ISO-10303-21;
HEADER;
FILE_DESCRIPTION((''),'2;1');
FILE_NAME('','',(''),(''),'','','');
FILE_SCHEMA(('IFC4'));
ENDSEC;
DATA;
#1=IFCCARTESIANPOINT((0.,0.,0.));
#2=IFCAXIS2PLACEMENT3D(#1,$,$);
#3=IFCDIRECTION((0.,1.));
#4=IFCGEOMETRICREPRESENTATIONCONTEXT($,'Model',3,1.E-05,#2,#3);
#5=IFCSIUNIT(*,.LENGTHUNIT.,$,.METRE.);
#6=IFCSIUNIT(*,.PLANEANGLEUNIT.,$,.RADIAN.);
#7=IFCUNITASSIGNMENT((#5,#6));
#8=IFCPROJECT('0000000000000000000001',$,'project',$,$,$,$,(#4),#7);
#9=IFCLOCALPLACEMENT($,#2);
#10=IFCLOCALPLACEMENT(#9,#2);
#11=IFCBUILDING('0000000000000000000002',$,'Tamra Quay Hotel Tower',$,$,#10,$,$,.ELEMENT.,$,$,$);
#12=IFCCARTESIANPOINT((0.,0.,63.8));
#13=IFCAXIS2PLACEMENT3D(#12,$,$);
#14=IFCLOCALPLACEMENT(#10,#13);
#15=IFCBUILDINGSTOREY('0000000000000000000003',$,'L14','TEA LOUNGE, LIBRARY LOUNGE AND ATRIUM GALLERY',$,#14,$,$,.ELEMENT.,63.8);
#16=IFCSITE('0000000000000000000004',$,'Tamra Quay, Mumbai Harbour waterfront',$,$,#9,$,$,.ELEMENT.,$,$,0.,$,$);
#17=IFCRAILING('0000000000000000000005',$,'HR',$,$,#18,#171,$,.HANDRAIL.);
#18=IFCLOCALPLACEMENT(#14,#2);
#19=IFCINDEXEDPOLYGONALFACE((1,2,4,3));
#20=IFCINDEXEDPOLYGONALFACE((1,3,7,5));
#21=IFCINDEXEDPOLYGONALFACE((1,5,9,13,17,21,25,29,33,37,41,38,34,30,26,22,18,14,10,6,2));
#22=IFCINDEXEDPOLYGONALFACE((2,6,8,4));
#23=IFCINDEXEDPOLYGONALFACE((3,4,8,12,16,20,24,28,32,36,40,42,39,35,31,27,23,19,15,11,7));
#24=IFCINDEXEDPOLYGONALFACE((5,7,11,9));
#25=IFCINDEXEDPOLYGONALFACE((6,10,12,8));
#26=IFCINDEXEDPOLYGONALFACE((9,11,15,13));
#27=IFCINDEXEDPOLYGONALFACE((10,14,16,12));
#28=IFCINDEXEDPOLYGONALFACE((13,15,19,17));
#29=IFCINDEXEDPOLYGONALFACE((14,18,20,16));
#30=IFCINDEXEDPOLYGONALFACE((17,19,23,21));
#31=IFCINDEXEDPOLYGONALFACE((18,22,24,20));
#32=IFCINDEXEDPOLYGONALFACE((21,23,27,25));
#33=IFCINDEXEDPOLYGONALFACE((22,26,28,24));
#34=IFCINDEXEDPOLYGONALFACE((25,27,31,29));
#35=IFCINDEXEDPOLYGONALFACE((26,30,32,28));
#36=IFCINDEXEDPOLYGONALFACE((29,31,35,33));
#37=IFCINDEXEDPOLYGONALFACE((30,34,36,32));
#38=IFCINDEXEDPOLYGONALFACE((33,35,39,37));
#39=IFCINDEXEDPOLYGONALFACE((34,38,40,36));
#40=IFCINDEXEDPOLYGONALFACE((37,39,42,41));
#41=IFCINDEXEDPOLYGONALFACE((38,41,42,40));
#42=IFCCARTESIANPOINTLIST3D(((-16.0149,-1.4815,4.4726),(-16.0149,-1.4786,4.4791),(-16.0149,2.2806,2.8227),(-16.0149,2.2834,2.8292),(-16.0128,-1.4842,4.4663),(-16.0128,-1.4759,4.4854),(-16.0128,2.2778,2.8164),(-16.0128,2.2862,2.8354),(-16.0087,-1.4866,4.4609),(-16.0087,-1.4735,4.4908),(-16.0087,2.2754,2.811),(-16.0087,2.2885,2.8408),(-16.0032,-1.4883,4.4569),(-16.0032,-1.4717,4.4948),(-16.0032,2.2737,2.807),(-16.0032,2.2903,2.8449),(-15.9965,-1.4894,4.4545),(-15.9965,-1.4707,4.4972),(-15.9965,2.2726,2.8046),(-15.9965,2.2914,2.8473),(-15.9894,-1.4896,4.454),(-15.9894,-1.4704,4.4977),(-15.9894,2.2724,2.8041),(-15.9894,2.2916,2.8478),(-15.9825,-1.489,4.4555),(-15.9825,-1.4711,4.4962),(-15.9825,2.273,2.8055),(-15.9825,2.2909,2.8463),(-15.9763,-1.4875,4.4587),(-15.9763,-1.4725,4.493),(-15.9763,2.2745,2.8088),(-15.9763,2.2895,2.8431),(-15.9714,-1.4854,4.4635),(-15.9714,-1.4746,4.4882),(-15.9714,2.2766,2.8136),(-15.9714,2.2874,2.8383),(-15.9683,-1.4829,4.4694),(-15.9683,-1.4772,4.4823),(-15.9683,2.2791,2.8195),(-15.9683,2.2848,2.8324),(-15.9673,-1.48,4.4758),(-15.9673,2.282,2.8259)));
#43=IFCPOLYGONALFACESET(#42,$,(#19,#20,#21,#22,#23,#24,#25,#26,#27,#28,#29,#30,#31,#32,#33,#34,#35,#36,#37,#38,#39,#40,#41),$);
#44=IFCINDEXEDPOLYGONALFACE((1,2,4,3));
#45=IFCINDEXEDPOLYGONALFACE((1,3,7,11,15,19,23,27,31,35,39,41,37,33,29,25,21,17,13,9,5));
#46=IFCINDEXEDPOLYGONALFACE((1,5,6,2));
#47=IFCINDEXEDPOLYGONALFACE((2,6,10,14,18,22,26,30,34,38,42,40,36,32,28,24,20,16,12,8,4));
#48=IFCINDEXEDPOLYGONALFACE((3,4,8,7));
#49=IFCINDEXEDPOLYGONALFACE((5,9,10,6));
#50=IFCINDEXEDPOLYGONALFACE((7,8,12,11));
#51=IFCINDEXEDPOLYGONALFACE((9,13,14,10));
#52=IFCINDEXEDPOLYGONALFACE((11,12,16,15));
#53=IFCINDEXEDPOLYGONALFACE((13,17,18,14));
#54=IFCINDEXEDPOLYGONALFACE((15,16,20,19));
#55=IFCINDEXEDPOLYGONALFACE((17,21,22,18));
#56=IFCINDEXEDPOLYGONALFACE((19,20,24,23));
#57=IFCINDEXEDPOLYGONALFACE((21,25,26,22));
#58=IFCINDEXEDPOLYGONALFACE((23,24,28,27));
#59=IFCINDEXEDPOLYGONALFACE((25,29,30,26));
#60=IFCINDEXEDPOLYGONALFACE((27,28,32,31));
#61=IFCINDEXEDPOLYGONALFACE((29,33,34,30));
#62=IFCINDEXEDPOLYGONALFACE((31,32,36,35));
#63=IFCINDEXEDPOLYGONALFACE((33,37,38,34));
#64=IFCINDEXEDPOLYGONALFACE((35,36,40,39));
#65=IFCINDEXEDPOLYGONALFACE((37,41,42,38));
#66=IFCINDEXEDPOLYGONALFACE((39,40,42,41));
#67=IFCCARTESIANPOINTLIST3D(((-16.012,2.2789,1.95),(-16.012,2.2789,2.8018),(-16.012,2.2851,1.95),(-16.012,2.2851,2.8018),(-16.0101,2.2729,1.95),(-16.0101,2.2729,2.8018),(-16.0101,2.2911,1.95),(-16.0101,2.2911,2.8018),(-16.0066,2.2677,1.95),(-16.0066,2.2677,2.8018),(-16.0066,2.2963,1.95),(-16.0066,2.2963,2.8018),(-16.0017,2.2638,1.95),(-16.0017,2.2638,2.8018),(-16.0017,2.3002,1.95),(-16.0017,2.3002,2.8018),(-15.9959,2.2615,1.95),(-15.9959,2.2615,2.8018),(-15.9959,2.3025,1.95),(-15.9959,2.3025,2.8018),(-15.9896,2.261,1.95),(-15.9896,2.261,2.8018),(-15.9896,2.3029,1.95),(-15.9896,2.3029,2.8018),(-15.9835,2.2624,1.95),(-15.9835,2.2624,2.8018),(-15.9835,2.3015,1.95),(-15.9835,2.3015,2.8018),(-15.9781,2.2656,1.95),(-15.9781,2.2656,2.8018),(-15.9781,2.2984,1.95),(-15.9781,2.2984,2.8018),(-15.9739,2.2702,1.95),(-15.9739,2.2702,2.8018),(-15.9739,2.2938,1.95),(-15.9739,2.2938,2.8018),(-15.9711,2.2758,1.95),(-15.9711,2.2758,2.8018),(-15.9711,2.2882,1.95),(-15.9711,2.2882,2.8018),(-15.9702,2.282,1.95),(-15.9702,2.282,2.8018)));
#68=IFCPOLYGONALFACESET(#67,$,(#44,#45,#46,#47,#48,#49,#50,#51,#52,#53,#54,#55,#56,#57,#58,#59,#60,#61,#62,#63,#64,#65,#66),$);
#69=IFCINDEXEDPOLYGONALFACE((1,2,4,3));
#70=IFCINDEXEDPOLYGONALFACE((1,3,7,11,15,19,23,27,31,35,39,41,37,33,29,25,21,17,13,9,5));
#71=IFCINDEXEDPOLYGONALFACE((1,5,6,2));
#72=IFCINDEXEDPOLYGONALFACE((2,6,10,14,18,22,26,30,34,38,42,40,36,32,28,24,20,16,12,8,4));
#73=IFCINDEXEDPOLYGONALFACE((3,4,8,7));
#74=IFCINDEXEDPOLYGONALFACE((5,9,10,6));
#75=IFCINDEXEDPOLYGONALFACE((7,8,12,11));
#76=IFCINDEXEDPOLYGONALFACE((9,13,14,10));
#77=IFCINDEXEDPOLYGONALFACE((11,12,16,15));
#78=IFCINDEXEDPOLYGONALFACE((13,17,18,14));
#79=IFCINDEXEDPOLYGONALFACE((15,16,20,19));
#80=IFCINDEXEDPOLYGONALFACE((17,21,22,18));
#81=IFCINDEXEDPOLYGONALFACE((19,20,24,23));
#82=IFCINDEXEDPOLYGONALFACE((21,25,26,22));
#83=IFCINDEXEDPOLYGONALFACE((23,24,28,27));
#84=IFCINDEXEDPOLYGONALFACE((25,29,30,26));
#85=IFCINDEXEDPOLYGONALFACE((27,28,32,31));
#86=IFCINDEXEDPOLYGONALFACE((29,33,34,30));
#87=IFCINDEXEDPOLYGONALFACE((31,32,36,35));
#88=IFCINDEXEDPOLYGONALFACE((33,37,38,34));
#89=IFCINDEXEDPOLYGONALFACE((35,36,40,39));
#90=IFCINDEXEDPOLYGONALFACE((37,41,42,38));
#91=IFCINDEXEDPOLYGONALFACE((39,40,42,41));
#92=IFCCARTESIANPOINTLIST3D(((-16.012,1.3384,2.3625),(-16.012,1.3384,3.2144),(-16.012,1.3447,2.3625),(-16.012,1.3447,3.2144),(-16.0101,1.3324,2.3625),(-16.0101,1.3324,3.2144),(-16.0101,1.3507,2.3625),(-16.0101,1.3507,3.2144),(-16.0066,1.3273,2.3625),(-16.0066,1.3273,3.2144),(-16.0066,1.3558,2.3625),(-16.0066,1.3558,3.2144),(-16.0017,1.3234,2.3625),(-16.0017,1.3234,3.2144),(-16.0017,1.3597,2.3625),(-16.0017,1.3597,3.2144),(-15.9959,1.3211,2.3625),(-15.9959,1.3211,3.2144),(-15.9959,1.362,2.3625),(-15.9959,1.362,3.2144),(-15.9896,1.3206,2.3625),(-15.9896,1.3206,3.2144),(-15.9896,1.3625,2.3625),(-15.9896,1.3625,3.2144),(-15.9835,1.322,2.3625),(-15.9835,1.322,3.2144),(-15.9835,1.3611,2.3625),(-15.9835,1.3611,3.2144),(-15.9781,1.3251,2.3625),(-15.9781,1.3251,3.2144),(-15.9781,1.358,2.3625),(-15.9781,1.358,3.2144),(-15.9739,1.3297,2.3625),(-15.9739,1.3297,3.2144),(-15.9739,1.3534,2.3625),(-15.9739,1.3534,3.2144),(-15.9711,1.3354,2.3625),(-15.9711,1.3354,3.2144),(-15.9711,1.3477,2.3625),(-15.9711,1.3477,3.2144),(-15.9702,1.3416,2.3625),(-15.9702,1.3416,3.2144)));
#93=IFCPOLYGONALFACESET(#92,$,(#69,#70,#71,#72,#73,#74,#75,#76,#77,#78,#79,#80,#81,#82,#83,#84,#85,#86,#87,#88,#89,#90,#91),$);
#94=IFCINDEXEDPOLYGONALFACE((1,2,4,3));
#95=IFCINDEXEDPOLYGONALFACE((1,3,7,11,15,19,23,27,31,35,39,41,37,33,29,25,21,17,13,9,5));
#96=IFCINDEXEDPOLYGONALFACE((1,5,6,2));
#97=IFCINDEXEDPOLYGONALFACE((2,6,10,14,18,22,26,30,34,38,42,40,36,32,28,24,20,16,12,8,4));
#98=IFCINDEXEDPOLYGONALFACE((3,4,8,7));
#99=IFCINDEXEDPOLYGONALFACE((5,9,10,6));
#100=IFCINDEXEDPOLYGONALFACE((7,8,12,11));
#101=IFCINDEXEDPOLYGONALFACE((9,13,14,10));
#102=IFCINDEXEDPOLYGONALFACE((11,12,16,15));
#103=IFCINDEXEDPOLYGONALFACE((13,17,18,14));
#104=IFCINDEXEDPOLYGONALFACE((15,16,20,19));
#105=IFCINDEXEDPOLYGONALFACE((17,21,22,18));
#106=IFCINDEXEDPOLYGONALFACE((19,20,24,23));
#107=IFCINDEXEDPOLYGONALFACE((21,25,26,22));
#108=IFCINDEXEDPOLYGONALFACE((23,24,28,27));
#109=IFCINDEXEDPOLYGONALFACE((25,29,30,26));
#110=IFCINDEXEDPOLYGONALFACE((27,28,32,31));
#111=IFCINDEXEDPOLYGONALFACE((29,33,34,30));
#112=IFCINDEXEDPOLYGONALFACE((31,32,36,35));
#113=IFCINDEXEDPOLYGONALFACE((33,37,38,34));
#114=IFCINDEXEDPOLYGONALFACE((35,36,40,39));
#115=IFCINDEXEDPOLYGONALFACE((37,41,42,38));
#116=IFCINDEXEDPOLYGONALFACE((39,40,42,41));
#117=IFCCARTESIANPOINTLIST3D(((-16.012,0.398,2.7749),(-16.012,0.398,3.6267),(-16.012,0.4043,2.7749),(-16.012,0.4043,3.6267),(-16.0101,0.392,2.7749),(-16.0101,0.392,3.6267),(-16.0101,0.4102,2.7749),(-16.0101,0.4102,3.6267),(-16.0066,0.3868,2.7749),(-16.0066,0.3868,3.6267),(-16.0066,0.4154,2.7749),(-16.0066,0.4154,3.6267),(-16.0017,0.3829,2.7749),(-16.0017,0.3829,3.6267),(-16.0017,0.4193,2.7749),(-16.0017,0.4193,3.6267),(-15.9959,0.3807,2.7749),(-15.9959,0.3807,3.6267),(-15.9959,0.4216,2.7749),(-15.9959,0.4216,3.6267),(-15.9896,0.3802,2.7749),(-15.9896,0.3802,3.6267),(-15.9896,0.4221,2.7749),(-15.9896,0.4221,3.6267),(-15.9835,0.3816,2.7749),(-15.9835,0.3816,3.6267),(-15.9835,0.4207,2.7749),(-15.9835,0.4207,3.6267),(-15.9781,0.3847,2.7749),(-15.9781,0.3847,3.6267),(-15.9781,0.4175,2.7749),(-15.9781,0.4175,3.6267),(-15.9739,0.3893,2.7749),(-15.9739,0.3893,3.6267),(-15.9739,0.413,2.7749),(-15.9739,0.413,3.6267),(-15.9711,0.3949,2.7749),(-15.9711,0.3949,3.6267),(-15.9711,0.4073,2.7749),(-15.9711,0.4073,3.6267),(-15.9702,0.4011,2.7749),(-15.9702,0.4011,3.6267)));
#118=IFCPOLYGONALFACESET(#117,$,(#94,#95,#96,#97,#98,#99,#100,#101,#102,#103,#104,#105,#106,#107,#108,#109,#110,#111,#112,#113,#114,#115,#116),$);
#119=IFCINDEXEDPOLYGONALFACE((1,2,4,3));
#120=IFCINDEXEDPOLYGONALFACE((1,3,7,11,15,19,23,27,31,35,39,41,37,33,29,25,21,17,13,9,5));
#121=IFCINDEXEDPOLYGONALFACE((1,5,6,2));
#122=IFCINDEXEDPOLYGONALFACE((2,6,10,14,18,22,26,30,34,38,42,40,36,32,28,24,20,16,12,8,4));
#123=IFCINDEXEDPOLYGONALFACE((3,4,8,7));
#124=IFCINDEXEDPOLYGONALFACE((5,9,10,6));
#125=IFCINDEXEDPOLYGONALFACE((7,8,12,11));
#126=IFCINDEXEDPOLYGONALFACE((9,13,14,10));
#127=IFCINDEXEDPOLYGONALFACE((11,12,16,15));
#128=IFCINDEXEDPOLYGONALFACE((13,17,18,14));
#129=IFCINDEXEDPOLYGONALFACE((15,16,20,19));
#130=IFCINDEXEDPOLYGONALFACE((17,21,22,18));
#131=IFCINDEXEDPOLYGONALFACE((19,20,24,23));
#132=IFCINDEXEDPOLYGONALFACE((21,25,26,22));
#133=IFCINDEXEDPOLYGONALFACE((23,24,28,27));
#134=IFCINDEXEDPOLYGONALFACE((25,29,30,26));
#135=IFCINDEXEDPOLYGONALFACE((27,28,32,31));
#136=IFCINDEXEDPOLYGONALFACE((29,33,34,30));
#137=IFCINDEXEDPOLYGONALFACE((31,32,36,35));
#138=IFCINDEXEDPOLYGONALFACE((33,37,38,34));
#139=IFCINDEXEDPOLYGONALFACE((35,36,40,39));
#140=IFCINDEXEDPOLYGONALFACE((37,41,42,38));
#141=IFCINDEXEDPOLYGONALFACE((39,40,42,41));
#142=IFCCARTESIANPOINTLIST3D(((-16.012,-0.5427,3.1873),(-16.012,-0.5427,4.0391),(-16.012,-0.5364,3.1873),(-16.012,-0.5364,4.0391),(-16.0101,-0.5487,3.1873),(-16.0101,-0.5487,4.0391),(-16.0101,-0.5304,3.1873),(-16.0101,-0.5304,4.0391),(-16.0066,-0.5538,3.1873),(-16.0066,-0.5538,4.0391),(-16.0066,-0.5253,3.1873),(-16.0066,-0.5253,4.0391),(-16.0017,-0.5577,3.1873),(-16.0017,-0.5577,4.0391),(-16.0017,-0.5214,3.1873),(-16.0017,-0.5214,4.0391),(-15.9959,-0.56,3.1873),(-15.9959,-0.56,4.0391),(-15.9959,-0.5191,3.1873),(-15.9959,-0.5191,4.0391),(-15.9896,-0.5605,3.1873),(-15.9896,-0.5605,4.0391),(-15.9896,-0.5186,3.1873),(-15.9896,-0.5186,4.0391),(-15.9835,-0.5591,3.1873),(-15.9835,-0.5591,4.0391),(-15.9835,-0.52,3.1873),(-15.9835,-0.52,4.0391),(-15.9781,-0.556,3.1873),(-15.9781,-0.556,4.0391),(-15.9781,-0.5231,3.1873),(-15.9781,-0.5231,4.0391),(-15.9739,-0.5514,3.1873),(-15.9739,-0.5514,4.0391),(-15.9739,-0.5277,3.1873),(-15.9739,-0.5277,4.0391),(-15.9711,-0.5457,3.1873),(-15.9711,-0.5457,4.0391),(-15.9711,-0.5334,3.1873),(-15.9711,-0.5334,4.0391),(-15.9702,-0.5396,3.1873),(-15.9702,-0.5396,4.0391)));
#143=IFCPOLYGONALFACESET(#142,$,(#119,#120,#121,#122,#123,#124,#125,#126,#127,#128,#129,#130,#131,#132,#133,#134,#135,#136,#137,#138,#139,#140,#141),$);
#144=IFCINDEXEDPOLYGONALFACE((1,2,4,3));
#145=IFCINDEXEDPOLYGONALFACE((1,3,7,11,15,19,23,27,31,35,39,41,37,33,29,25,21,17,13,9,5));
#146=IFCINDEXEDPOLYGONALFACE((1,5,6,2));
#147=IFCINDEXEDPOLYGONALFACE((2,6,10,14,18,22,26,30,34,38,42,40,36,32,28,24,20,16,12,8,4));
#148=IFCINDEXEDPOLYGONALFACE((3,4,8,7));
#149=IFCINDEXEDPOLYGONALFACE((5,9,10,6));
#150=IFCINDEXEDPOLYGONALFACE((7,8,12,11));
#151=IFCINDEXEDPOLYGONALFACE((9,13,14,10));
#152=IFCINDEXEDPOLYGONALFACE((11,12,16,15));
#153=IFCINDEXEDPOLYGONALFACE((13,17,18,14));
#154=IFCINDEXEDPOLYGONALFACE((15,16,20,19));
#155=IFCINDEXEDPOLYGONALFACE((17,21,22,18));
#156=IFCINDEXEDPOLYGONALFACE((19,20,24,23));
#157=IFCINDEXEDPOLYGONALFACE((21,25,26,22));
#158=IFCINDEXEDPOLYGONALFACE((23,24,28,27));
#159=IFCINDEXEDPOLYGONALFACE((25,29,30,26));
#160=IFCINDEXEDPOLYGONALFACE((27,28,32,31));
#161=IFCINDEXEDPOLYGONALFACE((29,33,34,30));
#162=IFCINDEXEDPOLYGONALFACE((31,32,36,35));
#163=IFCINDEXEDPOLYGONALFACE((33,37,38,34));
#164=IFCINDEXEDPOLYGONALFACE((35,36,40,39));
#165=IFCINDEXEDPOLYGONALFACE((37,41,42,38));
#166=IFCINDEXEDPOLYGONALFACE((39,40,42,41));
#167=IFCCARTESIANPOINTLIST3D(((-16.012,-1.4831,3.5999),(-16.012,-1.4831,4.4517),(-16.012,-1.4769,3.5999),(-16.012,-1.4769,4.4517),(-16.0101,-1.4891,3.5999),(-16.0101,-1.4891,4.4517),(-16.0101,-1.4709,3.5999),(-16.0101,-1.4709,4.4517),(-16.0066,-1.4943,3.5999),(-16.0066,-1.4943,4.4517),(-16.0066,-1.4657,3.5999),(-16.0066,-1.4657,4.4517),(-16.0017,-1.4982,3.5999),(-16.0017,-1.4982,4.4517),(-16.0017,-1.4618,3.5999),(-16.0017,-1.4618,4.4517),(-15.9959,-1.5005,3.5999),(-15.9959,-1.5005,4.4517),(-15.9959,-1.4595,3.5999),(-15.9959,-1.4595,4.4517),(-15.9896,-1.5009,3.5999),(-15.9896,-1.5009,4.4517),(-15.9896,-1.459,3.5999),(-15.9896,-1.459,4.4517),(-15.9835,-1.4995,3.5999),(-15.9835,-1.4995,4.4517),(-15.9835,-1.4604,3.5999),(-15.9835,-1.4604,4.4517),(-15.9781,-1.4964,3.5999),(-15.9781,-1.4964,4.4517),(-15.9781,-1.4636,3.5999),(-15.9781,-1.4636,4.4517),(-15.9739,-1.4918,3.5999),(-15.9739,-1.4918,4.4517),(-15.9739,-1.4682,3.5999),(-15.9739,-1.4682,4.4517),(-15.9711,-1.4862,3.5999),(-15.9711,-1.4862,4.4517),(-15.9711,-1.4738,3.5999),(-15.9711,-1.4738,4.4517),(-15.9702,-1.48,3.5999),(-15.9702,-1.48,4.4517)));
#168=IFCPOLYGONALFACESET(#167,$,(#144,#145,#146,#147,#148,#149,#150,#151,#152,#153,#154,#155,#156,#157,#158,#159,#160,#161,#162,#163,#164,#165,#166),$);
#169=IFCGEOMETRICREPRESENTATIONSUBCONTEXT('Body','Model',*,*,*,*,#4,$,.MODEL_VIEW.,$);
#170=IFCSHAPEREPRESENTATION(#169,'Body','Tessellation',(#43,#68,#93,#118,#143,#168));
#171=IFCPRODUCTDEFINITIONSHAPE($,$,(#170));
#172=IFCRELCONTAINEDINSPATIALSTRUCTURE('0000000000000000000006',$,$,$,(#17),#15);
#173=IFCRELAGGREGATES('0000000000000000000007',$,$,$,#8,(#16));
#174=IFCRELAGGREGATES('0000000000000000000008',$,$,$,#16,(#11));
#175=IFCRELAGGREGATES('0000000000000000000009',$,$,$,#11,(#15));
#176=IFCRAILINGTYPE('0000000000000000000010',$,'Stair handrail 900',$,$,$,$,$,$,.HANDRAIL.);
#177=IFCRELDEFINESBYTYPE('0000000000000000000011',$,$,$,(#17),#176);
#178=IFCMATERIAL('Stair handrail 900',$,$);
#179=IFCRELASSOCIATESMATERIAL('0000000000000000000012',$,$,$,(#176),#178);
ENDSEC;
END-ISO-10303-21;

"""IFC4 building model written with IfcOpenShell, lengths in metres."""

from ifc_helpers import new_model, si_unit, direction, frame, origin, origin_2d, place, context, subcontext, project, spatial, circle, extrude, material, type_object, element, save


model = new_model("IFC4")

# Units and contexts
model_context = context("Model", 3, precision=1e-05, world=origin(), true_north=direction((0.0, 1.0)))
body_context = subcontext(model_context, "Body", "Model", "MODEL_VIEW")
ifc_project = project(units=[si_unit("LENGTHUNIT", "METRE"), si_unit("PLANEANGLEUNIT", "RADIAN")], contexts=[model_context])

# Site, building, storey
site_placement = place(None, origin())
site = spatial("IfcSite", under=ifc_project, at=site_placement, Name="Tamra Quay, Mumbai Harbour waterfront", CompositionType="ELEMENT", RefElevation=0.0)
building_placement = place(site_placement, origin())
building = spatial("IfcBuilding", under=site, at=building_placement, Name="Tamra Quay Hotel Tower", CompositionType="ELEMENT")
storey_placement = place(building_placement, frame((0.0, 0.0, 63.8)))
storey = spatial("IfcBuildingStorey", under=building, at=storey_placement, Name="L14", Description="TEA LOUNGE, LIBRARY LOUNGE AND ATRIUM GALLERY", CompositionType="ELEMENT", Elevation=63.8)

# Railing
ifc_material_1 = material(Name="Stair handrail 900")
railing_type = type_object("IfcRailingType", Name="Stair handrail 900", PredefinedType="HANDRAIL", material=ifc_material_1)
railing_placement = place(storey_placement, frame((-15.9912, 2.282, 1.95)))
element("IfcRailing", 1, at=railing_placement, inside=storey, type_object=railing_type, Name="HR", PredefinedType="HANDRAIL", context=body_context, shape_type="SweptSolid", body=[
    extrude(circle(Radius=0.0239, at=origin_2d()), frame((0.0, 0.0, 0.876), z_axis=(0.0, -0.915795, 0.401645), x_axis=(1.0, 0.0, 0.0)), (0.0, 0.0, 1.0), 4.1079),
    extrude(circle(Radius=0.021, at=origin_2d()), origin(), (0.0, 0.0, 1.0), 0.8518),
    extrude(circle(Radius=0.021, at=origin_2d()), frame((0.0, -0.9404, 0.4126)), (0.0, 0.0, 1.0), 0.8518),
    extrude(circle(Radius=0.021, at=origin_2d()), frame((0.0, -1.8809, 0.825)), (0.0, 0.0, 1.0), 0.8518),
    extrude(circle(Radius=0.021, at=origin_2d()), frame((0.0, -2.8215, 1.2373)), (0.0, 0.0, 1.0), 0.8518),
    extrude(circle(Radius=0.021, at=origin_2d()), frame((0.0, -3.762, 1.6499)), (0.0, 0.0, 1.0), 0.8518),
])

save(model, "model.ifc")
